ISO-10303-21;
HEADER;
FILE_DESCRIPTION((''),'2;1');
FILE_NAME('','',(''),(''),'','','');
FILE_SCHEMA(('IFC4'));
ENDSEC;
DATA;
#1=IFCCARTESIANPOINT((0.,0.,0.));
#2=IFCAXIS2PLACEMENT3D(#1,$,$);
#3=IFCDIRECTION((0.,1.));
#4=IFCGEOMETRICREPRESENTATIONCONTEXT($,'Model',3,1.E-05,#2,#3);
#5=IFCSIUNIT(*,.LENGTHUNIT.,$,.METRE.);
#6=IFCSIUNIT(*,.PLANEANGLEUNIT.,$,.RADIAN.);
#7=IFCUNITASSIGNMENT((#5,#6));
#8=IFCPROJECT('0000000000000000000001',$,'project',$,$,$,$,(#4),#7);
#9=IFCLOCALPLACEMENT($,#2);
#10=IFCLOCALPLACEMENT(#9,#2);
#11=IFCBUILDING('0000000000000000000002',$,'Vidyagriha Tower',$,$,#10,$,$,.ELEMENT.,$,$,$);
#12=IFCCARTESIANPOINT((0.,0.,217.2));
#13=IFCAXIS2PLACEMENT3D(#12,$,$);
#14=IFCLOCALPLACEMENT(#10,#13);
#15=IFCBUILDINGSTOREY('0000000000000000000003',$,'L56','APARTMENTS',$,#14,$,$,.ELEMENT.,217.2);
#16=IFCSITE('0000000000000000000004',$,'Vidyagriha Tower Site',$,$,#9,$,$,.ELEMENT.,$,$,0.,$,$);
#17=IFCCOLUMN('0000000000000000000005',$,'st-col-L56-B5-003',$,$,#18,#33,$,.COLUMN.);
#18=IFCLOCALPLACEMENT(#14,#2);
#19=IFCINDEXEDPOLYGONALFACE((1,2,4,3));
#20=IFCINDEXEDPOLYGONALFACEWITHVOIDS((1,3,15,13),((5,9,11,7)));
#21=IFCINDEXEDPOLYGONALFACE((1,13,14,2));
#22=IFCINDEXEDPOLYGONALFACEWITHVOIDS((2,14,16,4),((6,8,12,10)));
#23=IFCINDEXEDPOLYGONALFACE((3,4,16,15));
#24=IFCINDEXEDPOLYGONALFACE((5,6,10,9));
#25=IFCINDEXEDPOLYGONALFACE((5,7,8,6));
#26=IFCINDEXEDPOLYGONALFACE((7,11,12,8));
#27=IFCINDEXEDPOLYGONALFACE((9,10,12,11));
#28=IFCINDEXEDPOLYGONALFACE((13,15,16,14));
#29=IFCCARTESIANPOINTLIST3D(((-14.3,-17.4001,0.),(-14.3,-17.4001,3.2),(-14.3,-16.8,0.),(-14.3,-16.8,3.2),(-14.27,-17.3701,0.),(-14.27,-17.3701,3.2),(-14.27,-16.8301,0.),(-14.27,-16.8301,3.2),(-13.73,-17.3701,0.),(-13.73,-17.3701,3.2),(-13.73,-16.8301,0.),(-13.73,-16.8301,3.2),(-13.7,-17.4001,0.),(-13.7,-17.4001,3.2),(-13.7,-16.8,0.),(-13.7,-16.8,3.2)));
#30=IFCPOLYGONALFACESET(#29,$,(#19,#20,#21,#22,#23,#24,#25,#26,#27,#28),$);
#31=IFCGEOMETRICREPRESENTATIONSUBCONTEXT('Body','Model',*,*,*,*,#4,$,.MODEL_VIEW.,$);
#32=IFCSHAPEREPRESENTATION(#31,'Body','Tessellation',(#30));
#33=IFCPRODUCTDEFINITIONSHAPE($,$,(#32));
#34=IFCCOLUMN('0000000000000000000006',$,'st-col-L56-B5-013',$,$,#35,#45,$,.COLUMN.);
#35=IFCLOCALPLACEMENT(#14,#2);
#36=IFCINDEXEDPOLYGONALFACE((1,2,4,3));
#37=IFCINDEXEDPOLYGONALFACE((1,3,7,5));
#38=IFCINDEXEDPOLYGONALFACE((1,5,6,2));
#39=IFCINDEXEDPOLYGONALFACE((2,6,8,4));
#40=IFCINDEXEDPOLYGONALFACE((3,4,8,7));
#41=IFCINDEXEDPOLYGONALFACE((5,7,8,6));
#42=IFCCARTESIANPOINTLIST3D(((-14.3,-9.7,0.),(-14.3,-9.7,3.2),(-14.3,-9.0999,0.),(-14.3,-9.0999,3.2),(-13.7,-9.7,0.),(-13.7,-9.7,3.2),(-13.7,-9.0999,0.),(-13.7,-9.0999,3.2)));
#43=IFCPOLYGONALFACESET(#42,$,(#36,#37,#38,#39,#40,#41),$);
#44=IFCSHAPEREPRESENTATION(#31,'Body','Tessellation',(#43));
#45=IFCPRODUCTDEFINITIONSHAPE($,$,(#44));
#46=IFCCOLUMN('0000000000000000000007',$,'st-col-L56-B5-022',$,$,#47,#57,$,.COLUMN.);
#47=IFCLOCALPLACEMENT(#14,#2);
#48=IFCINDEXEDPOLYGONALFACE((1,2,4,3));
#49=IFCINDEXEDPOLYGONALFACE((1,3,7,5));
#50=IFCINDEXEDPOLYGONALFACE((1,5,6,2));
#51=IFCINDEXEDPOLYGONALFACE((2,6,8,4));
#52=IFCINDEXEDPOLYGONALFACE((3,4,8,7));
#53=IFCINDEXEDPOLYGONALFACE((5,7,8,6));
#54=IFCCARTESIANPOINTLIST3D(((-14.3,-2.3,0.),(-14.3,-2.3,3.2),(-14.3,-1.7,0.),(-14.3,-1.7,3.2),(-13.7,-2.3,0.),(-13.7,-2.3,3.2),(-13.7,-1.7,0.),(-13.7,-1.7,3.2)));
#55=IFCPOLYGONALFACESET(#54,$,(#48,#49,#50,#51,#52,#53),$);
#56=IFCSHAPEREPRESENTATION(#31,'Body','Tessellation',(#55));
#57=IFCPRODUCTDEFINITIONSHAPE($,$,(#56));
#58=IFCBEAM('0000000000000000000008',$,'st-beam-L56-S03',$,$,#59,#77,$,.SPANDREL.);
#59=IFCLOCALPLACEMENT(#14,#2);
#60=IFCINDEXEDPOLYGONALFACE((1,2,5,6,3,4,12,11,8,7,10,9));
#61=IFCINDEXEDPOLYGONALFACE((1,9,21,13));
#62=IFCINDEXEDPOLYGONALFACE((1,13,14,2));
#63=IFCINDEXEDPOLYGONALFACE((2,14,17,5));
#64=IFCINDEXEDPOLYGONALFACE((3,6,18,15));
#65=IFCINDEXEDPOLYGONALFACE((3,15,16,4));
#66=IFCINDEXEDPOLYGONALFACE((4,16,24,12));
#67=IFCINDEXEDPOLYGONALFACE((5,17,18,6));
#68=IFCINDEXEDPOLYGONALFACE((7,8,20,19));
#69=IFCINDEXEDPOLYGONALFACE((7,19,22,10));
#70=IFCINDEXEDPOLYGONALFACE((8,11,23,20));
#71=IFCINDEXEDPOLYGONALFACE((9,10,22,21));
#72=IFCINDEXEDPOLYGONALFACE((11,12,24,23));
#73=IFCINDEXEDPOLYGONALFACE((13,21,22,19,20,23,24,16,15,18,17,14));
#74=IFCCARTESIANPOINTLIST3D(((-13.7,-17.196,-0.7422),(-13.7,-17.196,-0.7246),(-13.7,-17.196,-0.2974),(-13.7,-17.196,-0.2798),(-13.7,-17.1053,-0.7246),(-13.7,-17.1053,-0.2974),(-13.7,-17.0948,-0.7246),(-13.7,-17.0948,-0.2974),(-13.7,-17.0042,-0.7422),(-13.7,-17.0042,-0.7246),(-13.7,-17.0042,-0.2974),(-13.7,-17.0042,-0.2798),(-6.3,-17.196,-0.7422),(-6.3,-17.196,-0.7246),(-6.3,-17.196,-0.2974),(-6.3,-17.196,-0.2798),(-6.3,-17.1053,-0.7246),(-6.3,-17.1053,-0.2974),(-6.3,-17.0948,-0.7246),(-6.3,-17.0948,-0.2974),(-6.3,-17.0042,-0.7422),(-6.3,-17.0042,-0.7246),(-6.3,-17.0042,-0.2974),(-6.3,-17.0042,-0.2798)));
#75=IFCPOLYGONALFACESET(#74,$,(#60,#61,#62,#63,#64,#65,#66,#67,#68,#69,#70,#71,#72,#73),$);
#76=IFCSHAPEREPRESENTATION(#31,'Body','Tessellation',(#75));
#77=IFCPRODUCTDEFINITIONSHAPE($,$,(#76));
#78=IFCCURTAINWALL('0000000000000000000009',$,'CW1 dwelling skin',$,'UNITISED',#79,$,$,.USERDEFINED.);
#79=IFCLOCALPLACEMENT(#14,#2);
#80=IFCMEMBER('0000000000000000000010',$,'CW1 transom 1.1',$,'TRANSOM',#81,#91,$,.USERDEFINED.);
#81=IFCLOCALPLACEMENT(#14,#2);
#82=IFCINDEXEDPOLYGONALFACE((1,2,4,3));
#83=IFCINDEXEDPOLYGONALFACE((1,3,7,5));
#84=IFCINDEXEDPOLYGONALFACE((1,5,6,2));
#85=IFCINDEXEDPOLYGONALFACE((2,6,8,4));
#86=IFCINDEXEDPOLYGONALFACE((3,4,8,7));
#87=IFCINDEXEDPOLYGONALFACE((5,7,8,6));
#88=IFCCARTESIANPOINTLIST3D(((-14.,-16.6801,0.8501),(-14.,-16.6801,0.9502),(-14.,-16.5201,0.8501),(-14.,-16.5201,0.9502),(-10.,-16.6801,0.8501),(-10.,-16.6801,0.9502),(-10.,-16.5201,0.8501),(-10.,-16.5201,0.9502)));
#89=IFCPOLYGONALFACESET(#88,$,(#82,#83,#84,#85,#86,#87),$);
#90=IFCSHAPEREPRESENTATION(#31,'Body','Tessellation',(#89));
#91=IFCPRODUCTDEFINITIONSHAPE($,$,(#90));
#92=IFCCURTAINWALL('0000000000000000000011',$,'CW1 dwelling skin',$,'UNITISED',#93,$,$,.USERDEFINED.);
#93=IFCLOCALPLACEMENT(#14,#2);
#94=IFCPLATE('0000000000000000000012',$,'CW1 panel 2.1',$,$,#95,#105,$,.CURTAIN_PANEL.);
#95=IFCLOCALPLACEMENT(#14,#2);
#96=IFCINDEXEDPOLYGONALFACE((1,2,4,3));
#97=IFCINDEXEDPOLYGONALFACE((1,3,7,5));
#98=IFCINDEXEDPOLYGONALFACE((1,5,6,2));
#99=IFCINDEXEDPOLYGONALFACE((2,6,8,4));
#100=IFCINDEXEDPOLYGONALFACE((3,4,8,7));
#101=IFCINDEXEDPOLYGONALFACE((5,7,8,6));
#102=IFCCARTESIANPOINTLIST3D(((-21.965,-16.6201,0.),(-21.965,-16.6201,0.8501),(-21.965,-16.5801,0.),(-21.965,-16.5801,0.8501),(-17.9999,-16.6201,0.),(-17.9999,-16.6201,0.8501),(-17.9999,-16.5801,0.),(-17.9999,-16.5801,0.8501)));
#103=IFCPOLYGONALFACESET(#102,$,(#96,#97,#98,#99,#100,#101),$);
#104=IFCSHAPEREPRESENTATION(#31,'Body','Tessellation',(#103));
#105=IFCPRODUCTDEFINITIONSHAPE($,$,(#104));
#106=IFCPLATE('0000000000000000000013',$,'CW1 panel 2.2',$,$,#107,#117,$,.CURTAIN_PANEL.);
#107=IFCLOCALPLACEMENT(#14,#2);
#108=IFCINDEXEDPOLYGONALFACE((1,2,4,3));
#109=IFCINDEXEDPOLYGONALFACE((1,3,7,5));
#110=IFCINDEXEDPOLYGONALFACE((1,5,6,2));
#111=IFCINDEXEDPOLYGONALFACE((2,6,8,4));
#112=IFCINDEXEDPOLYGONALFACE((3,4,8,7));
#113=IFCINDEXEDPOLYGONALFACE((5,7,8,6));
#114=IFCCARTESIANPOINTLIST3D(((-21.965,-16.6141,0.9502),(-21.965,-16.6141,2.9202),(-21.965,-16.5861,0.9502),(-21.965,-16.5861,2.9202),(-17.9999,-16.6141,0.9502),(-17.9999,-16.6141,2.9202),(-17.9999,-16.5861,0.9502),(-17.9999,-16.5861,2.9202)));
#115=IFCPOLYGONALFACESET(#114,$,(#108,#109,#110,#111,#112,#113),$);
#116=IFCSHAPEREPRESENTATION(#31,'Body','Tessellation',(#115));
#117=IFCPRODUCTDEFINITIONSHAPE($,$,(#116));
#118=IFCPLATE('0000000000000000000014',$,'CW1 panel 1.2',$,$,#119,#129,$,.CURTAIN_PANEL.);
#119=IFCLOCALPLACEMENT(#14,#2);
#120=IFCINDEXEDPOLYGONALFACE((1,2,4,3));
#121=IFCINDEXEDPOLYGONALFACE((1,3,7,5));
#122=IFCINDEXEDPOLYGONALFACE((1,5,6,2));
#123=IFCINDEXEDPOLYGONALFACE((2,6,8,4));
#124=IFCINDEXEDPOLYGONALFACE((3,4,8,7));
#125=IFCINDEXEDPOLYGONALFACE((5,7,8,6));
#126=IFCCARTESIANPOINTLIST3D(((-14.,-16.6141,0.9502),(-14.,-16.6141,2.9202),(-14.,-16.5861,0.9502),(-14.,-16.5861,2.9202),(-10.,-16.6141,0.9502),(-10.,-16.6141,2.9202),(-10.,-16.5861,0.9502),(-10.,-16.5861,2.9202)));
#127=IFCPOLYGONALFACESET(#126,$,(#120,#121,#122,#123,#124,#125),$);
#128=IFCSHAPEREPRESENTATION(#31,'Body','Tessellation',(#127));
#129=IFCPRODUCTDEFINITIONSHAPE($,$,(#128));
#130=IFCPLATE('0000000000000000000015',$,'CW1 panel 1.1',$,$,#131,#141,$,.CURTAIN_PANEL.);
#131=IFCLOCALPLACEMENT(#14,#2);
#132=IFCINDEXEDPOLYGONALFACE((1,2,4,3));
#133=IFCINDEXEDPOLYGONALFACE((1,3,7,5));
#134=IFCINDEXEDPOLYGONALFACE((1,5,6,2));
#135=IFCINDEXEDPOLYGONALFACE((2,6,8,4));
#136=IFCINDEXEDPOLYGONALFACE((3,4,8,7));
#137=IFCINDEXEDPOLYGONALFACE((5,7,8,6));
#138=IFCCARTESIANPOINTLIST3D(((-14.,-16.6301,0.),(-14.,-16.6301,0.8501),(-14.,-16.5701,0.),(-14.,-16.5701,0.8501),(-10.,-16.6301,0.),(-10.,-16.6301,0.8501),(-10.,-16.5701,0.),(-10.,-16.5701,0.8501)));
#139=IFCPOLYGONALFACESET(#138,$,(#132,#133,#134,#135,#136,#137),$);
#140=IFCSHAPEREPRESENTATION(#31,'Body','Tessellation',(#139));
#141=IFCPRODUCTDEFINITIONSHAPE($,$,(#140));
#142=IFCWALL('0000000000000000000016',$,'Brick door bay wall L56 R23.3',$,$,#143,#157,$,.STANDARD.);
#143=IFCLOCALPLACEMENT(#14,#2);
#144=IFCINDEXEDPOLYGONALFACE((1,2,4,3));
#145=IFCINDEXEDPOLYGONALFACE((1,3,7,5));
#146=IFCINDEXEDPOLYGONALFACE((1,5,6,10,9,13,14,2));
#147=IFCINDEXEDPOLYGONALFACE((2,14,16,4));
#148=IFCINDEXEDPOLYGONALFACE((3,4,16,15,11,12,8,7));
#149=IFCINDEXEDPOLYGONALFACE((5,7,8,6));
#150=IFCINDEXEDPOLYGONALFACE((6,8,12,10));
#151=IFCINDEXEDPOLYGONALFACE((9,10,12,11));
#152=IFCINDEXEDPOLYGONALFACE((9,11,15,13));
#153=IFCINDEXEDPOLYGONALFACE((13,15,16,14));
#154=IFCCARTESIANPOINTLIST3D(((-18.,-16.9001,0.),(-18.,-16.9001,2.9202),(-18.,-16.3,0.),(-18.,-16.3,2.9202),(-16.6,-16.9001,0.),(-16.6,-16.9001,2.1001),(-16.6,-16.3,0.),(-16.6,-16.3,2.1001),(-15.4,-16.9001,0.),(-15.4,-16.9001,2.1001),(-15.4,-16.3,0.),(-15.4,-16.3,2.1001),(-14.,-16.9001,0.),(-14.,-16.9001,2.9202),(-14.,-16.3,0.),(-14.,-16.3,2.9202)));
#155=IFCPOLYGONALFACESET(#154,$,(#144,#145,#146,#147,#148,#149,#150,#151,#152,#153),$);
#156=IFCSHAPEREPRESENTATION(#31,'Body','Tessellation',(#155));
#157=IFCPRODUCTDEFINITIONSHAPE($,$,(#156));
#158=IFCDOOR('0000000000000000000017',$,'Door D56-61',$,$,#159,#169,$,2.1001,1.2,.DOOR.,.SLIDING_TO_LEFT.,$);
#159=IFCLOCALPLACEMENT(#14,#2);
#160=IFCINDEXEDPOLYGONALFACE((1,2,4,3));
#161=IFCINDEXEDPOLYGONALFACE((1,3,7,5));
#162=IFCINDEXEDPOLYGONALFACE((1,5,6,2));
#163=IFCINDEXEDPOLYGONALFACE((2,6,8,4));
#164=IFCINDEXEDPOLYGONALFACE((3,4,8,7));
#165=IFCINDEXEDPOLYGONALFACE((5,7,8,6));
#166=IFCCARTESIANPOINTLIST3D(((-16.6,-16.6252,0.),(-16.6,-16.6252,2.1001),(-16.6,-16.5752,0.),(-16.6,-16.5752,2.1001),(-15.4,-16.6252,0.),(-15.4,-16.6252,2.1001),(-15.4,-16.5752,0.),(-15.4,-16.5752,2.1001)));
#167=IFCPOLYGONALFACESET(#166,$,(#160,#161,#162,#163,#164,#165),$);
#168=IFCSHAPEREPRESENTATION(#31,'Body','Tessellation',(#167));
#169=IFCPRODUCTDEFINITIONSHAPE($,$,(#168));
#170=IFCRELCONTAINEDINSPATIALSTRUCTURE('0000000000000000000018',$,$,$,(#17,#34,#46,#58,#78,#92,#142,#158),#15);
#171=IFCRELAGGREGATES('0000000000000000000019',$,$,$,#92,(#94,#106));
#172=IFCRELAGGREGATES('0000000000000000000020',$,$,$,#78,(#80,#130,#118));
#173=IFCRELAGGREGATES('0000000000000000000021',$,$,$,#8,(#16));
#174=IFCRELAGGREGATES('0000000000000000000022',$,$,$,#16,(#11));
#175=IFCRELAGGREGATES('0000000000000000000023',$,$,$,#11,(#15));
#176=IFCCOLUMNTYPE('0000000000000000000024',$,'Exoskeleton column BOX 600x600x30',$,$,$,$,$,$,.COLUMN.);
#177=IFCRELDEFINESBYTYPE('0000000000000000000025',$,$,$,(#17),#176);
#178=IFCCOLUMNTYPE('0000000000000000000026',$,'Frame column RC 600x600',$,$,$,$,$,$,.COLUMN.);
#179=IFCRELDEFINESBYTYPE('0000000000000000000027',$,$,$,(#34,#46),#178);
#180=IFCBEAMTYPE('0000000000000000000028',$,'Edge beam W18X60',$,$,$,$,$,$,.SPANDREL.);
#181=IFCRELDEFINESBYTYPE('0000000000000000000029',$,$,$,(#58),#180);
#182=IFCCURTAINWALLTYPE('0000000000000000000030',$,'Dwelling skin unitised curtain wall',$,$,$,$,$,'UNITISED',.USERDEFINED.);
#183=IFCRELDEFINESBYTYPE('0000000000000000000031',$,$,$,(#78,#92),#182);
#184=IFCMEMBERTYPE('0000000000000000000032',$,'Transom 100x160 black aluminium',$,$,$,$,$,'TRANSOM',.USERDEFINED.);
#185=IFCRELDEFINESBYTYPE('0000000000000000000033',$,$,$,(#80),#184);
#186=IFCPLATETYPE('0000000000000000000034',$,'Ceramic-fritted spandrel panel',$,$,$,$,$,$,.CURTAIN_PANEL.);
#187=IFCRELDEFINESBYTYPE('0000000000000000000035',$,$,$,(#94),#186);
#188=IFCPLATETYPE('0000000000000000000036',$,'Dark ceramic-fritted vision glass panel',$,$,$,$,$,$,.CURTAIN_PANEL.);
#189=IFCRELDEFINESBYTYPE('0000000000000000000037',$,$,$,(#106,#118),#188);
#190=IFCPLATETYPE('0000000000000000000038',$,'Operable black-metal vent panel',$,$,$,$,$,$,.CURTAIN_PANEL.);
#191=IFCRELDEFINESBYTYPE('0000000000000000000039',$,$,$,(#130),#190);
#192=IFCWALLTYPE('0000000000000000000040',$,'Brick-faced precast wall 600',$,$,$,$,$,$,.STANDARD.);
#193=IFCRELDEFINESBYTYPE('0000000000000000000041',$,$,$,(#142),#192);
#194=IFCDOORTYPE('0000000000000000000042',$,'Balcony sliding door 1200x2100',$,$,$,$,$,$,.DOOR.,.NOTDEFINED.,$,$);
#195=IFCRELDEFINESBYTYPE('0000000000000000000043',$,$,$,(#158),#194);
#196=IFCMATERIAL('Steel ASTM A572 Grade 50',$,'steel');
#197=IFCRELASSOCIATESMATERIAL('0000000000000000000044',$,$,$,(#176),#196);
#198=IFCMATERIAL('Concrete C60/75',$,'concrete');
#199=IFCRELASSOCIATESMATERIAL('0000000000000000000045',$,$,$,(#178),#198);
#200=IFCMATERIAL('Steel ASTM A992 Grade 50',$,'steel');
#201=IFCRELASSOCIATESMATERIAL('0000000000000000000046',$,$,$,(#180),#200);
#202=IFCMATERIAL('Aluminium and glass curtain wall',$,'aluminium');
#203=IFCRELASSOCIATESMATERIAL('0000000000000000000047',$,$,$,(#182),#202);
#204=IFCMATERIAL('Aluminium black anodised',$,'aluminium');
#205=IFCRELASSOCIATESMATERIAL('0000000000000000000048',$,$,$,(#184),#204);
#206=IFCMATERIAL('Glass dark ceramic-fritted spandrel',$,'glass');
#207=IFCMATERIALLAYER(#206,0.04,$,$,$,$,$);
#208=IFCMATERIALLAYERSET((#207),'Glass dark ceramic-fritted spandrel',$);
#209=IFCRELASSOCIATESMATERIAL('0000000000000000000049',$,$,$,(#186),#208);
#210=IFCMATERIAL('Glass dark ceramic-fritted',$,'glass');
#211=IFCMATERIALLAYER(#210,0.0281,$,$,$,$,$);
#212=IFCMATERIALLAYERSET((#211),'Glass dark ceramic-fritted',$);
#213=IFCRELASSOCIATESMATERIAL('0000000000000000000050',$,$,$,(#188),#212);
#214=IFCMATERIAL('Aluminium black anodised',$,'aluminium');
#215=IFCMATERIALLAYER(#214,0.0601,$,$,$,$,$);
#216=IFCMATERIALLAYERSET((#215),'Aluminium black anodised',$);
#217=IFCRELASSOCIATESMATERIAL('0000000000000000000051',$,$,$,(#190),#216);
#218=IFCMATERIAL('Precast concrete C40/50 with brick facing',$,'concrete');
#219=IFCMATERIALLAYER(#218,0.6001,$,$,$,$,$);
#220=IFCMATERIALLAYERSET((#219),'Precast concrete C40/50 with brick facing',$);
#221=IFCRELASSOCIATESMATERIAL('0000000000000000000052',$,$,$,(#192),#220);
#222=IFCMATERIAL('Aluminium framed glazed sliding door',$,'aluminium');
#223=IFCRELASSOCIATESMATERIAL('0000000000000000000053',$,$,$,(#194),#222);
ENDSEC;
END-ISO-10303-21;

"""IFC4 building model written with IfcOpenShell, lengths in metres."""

from ifc_helpers import new_model, si_unit, direction, frame, frame_2d, origin, origin_2d, place, context, subcontext, project, spatial, rectangle, hollow_rectangle, i_section, extrude, material, layer, layer_set, material_profile, profile_set, type_object, element, fill, aggregate, save


model = new_model("IFC4")

# Units and contexts
model_context = context("Model", 3, precision=1e-05, world=origin(), true_north=direction((0.0, 1.0)))
body_context = subcontext(model_context, "Body", "Model", "MODEL_VIEW")
ifc_project = project(units=[si_unit("LENGTHUNIT", "METRE"), si_unit("PLANEANGLEUNIT", "RADIAN")], contexts=[model_context])

# Site, building, storey
site_placement = place(None, origin())
site = spatial("IfcSite", under=ifc_project, at=site_placement, Name="Vidyagriha Tower Site", CompositionType="ELEMENT", RefElevation=0.0)
building_placement = place(site_placement, origin())
building = spatial("IfcBuilding", under=site, at=building_placement, Name="Vidyagriha Tower", CompositionType="ELEMENT")
storey_placement = place(building_placement, frame((0.0, 0.0, 217.2)))
storey = spatial("IfcBuildingStorey", under=building, at=storey_placement, Name="L56", Description="APARTMENTS", CompositionType="ELEMENT", Elevation=217.2)

# Columns
ifc_material_1 = material(Name="Steel ASTM A572 Grade 50", Category="steel")
ifc_material_profile_1 = material_profile(ifc_material_1, hollow_rectangle(XDim=0.6001, YDim=0.6001, WallThickness=0.03, at=origin_2d()), Name="BOX 600x600x30")
ifc_profile_set_1 = profile_set([ifc_material_profile_1], Name="Steel ASTM A572 Grade 50")
column_type_1 = type_object("IfcColumnType", Name="Exoskeleton column BOX 600x600x30", PredefinedType="COLUMN", material=ifc_profile_set_1)
column_placement = place(storey_placement, frame((-14.0, -17.1001, 0.0)))
element("IfcColumn", 1, at=column_placement, inside=storey, type_object=column_type_1, Name="st-col-L56-B5-003", PredefinedType="COLUMN", context=body_context, shape_type="SweptSolid", body=[
    extrude(hollow_rectangle(XDim=0.6001, YDim=0.6001, WallThickness=0.03, at=origin_2d()), origin(), (0.0, 0.0, 1.0), 3.2),
])
ifc_material_2 = material(Name="Concrete C60/75", Category="concrete")
ifc_material_profile_2 = material_profile(ifc_material_2, rectangle(XDim=0.6001, YDim=0.6001, at=origin_2d()), Name="RC 600x600")
ifc_profile_set_2 = profile_set([ifc_material_profile_2], Name="Concrete C60/75")
column_type_2 = type_object("IfcColumnType", Name="Frame column RC 600x600", PredefinedType="COLUMN", material=ifc_profile_set_2)
for number, where, name in (
    (2, (-14.0, -9.3999, 0.0), "st-col-L56-B5-013"),
    (3, (-14.0, -2.0, 0.0), "st-col-L56-B5-022"),
):
    element("IfcColumn", number, at=place(storey_placement, frame(where)), inside=storey, type_object=column_type_2, Name=name, PredefinedType="COLUMN", context=body_context, shape_type="SweptSolid", body=[
        extrude(rectangle(XDim=0.6001, YDim=0.6001, at=origin_2d()), origin(), (0.0, 0.0, 1.0), 3.2),
    ])

# Beam
ifc_material_3 = material(Name="Steel ASTM A992 Grade 50", Category="steel")
ifc_material_profile_3 = material_profile(ifc_material_3, i_section(OverallWidth=0.1919, OverallDepth=0.4624, WebThickness=0.0105, FlangeThickness=0.0176, at=origin_2d()), Name="W18X60")
ifc_profile_set_3 = profile_set([ifc_material_profile_3], Name="Steel ASTM A992 Grade 50")
beam_type = type_object("IfcBeamType", Name="Edge beam W18X60", PredefinedType="SPANDREL", material=ifc_profile_set_3)
beam_placement = place(storey_placement, frame((-13.7, -17.1001, -0.511), z_axis=(1.0, 0.0, 0.0), x_axis=(0.0, 1.0, 0.0)))
element("IfcBeam", 4, at=beam_placement, inside=storey, type_object=beam_type, Name="st-beam-L56-S03", PredefinedType="SPANDREL", context=body_context, shape_type="SweptSolid", body=[
    extrude(i_section(OverallWidth=0.1919, OverallDepth=0.4624, WebThickness=0.0105, FlangeThickness=0.0176, at=origin_2d()), origin(), (0.0, 0.0, 1.0), 7.3999),
])

# Curtain wall, member
ifc_material_4 = material(Name="Aluminium and glass curtain wall", Category="aluminium")
curtain_wall_type = type_object("IfcCurtainWallType", Name="Dwelling skin unitised curtain wall", ElementType="UNITISED", PredefinedType="USERDEFINED", material=ifc_material_4)
curtain_wall_1_placement = place(storey_placement, origin())
curtain_wall_1 = element("IfcCurtainWall", 5, at=curtain_wall_1_placement, inside=storey, type_object=curtain_wall_type, Name="CW1 dwelling skin", ObjectType="UNITISED", PredefinedType="USERDEFINED")
ifc_material_5 = material(Name="Aluminium black anodised", Category="aluminium")
ifc_material_profile_4 = material_profile(ifc_material_5, rectangle(XDim=0.1599, YDim=0.1001, at=origin_2d()), Name="Transom 100x160 black aluminium")
ifc_profile_set_4 = profile_set([ifc_material_profile_4], Name="Aluminium black anodised")
member_type = type_object("IfcMemberType", Name="Transom 100x160 black aluminium", ElementType="TRANSOM", PredefinedType="USERDEFINED", material=ifc_profile_set_4)
member_placement = place(storey_placement, frame((-14.0, -16.6001, 0.9001), z_axis=(1.0, 0.0, 0.0), x_axis=(0.0, 1.0, 0.0)))
member = element("IfcMember", 6, at=member_placement, type_object=member_type, Name="CW1 transom 1.1", ObjectType="TRANSOM", PredefinedType="USERDEFINED", context=body_context, shape_type="SweptSolid", body=[
    extrude(rectangle(XDim=0.1599, YDim=0.1001, at=origin_2d()), origin(), (0.0, 0.0, 1.0), 4.0),
])

# Curtain wall, plates
curtain_wall_2_placement = place(storey_placement, origin())
curtain_wall_2 = element("IfcCurtainWall", 7, at=curtain_wall_2_placement, inside=storey, type_object=curtain_wall_type, Name="CW1 dwelling skin", ObjectType="UNITISED", PredefinedType="USERDEFINED")
ifc_material_6 = material(Name="Glass dark ceramic-fritted spandrel", Category="glass")
ifc_layer_1 = layer(ifc_material_6, 0.04)
ifc_layer_set_1 = layer_set([ifc_layer_1], Name="Glass dark ceramic-fritted spandrel")
plate_type_1 = type_object("IfcPlateType", Name="Ceramic-fritted spandrel panel", PredefinedType="CURTAIN_PANEL", material=ifc_layer_set_1)
plate_1_placement = place(storey_placement, frame((-19.9824, -16.6001, 0.0)))
plate_1 = element("IfcPlate", 8, at=plate_1_placement, type_object=plate_type_1, Name="CW1 panel 2.1", PredefinedType="CURTAIN_PANEL", context=body_context, shape_type="SweptSolid", body=[
    extrude(rectangle(XDim=3.9651, YDim=0.04, at=origin_2d()), origin(), (0.0, 0.0, 1.0), 0.8501),
])
ifc_material_7 = material(Name="Glass dark ceramic-fritted", Category="glass")
ifc_layer_2 = layer(ifc_material_7, 0.0281)
ifc_layer_set_2 = layer_set([ifc_layer_2], Name="Glass dark ceramic-fritted")
plate_type_2 = type_object("IfcPlateType", Name="Dark ceramic-fritted vision glass panel", PredefinedType="CURTAIN_PANEL", material=ifc_layer_set_2)
plate_2_placement = place(storey_placement, frame((-19.9824, -16.6001, 0.9502)))
plate_2 = element("IfcPlate", 9, at=plate_2_placement, type_object=plate_type_2, Name="CW1 panel 2.2", PredefinedType="CURTAIN_PANEL", context=body_context, shape_type="SweptSolid", body=[
    extrude(rectangle(XDim=3.9651, YDim=0.0281, at=origin_2d()), origin(), (0.0, 0.0, 1.0), 1.97),
])
aggregate(curtain_wall_2, [plate_1, plate_2])

# Plates
plate_3_placement = place(storey_placement, frame((-12.0, -16.6001, 0.9502)))
plate_3 = element("IfcPlate", 10, at=plate_3_placement, type_object=plate_type_2, Name="CW1 panel 1.2", PredefinedType="CURTAIN_PANEL", context=body_context, shape_type="SweptSolid", body=[
    extrude(rectangle(XDim=4.0, YDim=0.0281, at=origin_2d()), origin(), (0.0, 0.0, 1.0), 1.97),
])
ifc_material_8 = material(Name="Aluminium black anodised", Category="aluminium")
ifc_layer_3 = layer(ifc_material_8, 0.0601)
ifc_layer_set_3 = layer_set([ifc_layer_3], Name="Aluminium black anodised")
plate_type_3 = type_object("IfcPlateType", Name="Operable black-metal vent panel", PredefinedType="CURTAIN_PANEL", material=ifc_layer_set_3)
plate_4_placement = place(storey_placement, frame((-12.0, -16.6001, 0.0)))
plate_4 = element("IfcPlate", 11, at=plate_4_placement, type_object=plate_type_3, Name="CW1 panel 1.1", PredefinedType="CURTAIN_PANEL", context=body_context, shape_type="SweptSolid", body=[
    extrude(rectangle(XDim=4.0, YDim=0.0601, at=origin_2d()), origin(), (0.0, 0.0, 1.0), 0.8501),
])
aggregate(curtain_wall_1, [member, plate_4, plate_3])

# Wall, opening, door
ifc_material_9 = material(Name="Precast concrete C40/50 with brick facing", Category="concrete")
ifc_layer_4 = layer(ifc_material_9, 0.6001)
ifc_layer_set_4 = layer_set([ifc_layer_4], Name="Precast concrete C40/50 with brick facing")
wall_type_1 = type_object("IfcWallType", Name="Brick-faced precast wall 600", PredefinedType="STANDARD", material=ifc_layer_set_4)
wall_1_placement = place(storey_placement, frame((-18.0, -16.6001, 0.0)))
wall_1 = element("IfcWall", 12, at=wall_1_placement, inside=storey, type_object=wall_type_1, Name="Brick door bay wall L56 R23.3", PredefinedType="STANDARD", context=body_context, shape_type="SweptSolid", body=[
    extrude(rectangle(XDim=4.0, YDim=0.6001, at=frame_2d((2.0, 0.0))), origin(), (0.0, 0.0, 1.0), 2.9202),
])
opening_1_placement = place(wall_1_placement, frame((1.3999, 0.0, 0.0)))
opening_1 = element("IfcOpeningElement", 13, at=opening_1_placement, cuts=wall_1, PredefinedType="OPENING", context=body_context, shape_type="SweptSolid", body=[
    extrude(rectangle(XDim=1.2, YDim=2.1001, at=frame_2d((0.6001, 1.05))), frame((0.0, 0.3101, 0.0), z_axis=(0.0, -1.0, 0.0), x_axis=(1.0, 0.0, 0.0)), (0.0, 0.0, 1.0), 0.6201),
])
ifc_material_10 = material(Name="Aluminium framed glazed sliding door", Category="aluminium")
door_type = type_object("IfcDoorType", Name="Balcony sliding door 1200x2100", OperationType="NOTDEFINED", PredefinedType="DOOR", material=ifc_material_10)
door_1_placement = place(opening_1_placement, origin())
door_1 = element("IfcDoor", 14, at=door_1_placement, inside=storey, type_object=door_type, Name="Door D56-61", OperationType="SLIDING_TO_LEFT", OverallHeight=2.1001, OverallWidth=1.2, PredefinedType="DOOR", context=body_context, shape_type="SweptSolid", body=[
    extrude(rectangle(XDim=1.2, YDim=2.1001, at=frame_2d((0.6001, 1.05))), frame((0.0, 0.0249, 0.0), z_axis=(0.0, -1.0, 0.0), x_axis=(1.0, 0.0, 0.0)), (0.0, 0.0, 1.0), 0.05),
])
fill(opening_1, door_1)

save(model, "model.ifc")
